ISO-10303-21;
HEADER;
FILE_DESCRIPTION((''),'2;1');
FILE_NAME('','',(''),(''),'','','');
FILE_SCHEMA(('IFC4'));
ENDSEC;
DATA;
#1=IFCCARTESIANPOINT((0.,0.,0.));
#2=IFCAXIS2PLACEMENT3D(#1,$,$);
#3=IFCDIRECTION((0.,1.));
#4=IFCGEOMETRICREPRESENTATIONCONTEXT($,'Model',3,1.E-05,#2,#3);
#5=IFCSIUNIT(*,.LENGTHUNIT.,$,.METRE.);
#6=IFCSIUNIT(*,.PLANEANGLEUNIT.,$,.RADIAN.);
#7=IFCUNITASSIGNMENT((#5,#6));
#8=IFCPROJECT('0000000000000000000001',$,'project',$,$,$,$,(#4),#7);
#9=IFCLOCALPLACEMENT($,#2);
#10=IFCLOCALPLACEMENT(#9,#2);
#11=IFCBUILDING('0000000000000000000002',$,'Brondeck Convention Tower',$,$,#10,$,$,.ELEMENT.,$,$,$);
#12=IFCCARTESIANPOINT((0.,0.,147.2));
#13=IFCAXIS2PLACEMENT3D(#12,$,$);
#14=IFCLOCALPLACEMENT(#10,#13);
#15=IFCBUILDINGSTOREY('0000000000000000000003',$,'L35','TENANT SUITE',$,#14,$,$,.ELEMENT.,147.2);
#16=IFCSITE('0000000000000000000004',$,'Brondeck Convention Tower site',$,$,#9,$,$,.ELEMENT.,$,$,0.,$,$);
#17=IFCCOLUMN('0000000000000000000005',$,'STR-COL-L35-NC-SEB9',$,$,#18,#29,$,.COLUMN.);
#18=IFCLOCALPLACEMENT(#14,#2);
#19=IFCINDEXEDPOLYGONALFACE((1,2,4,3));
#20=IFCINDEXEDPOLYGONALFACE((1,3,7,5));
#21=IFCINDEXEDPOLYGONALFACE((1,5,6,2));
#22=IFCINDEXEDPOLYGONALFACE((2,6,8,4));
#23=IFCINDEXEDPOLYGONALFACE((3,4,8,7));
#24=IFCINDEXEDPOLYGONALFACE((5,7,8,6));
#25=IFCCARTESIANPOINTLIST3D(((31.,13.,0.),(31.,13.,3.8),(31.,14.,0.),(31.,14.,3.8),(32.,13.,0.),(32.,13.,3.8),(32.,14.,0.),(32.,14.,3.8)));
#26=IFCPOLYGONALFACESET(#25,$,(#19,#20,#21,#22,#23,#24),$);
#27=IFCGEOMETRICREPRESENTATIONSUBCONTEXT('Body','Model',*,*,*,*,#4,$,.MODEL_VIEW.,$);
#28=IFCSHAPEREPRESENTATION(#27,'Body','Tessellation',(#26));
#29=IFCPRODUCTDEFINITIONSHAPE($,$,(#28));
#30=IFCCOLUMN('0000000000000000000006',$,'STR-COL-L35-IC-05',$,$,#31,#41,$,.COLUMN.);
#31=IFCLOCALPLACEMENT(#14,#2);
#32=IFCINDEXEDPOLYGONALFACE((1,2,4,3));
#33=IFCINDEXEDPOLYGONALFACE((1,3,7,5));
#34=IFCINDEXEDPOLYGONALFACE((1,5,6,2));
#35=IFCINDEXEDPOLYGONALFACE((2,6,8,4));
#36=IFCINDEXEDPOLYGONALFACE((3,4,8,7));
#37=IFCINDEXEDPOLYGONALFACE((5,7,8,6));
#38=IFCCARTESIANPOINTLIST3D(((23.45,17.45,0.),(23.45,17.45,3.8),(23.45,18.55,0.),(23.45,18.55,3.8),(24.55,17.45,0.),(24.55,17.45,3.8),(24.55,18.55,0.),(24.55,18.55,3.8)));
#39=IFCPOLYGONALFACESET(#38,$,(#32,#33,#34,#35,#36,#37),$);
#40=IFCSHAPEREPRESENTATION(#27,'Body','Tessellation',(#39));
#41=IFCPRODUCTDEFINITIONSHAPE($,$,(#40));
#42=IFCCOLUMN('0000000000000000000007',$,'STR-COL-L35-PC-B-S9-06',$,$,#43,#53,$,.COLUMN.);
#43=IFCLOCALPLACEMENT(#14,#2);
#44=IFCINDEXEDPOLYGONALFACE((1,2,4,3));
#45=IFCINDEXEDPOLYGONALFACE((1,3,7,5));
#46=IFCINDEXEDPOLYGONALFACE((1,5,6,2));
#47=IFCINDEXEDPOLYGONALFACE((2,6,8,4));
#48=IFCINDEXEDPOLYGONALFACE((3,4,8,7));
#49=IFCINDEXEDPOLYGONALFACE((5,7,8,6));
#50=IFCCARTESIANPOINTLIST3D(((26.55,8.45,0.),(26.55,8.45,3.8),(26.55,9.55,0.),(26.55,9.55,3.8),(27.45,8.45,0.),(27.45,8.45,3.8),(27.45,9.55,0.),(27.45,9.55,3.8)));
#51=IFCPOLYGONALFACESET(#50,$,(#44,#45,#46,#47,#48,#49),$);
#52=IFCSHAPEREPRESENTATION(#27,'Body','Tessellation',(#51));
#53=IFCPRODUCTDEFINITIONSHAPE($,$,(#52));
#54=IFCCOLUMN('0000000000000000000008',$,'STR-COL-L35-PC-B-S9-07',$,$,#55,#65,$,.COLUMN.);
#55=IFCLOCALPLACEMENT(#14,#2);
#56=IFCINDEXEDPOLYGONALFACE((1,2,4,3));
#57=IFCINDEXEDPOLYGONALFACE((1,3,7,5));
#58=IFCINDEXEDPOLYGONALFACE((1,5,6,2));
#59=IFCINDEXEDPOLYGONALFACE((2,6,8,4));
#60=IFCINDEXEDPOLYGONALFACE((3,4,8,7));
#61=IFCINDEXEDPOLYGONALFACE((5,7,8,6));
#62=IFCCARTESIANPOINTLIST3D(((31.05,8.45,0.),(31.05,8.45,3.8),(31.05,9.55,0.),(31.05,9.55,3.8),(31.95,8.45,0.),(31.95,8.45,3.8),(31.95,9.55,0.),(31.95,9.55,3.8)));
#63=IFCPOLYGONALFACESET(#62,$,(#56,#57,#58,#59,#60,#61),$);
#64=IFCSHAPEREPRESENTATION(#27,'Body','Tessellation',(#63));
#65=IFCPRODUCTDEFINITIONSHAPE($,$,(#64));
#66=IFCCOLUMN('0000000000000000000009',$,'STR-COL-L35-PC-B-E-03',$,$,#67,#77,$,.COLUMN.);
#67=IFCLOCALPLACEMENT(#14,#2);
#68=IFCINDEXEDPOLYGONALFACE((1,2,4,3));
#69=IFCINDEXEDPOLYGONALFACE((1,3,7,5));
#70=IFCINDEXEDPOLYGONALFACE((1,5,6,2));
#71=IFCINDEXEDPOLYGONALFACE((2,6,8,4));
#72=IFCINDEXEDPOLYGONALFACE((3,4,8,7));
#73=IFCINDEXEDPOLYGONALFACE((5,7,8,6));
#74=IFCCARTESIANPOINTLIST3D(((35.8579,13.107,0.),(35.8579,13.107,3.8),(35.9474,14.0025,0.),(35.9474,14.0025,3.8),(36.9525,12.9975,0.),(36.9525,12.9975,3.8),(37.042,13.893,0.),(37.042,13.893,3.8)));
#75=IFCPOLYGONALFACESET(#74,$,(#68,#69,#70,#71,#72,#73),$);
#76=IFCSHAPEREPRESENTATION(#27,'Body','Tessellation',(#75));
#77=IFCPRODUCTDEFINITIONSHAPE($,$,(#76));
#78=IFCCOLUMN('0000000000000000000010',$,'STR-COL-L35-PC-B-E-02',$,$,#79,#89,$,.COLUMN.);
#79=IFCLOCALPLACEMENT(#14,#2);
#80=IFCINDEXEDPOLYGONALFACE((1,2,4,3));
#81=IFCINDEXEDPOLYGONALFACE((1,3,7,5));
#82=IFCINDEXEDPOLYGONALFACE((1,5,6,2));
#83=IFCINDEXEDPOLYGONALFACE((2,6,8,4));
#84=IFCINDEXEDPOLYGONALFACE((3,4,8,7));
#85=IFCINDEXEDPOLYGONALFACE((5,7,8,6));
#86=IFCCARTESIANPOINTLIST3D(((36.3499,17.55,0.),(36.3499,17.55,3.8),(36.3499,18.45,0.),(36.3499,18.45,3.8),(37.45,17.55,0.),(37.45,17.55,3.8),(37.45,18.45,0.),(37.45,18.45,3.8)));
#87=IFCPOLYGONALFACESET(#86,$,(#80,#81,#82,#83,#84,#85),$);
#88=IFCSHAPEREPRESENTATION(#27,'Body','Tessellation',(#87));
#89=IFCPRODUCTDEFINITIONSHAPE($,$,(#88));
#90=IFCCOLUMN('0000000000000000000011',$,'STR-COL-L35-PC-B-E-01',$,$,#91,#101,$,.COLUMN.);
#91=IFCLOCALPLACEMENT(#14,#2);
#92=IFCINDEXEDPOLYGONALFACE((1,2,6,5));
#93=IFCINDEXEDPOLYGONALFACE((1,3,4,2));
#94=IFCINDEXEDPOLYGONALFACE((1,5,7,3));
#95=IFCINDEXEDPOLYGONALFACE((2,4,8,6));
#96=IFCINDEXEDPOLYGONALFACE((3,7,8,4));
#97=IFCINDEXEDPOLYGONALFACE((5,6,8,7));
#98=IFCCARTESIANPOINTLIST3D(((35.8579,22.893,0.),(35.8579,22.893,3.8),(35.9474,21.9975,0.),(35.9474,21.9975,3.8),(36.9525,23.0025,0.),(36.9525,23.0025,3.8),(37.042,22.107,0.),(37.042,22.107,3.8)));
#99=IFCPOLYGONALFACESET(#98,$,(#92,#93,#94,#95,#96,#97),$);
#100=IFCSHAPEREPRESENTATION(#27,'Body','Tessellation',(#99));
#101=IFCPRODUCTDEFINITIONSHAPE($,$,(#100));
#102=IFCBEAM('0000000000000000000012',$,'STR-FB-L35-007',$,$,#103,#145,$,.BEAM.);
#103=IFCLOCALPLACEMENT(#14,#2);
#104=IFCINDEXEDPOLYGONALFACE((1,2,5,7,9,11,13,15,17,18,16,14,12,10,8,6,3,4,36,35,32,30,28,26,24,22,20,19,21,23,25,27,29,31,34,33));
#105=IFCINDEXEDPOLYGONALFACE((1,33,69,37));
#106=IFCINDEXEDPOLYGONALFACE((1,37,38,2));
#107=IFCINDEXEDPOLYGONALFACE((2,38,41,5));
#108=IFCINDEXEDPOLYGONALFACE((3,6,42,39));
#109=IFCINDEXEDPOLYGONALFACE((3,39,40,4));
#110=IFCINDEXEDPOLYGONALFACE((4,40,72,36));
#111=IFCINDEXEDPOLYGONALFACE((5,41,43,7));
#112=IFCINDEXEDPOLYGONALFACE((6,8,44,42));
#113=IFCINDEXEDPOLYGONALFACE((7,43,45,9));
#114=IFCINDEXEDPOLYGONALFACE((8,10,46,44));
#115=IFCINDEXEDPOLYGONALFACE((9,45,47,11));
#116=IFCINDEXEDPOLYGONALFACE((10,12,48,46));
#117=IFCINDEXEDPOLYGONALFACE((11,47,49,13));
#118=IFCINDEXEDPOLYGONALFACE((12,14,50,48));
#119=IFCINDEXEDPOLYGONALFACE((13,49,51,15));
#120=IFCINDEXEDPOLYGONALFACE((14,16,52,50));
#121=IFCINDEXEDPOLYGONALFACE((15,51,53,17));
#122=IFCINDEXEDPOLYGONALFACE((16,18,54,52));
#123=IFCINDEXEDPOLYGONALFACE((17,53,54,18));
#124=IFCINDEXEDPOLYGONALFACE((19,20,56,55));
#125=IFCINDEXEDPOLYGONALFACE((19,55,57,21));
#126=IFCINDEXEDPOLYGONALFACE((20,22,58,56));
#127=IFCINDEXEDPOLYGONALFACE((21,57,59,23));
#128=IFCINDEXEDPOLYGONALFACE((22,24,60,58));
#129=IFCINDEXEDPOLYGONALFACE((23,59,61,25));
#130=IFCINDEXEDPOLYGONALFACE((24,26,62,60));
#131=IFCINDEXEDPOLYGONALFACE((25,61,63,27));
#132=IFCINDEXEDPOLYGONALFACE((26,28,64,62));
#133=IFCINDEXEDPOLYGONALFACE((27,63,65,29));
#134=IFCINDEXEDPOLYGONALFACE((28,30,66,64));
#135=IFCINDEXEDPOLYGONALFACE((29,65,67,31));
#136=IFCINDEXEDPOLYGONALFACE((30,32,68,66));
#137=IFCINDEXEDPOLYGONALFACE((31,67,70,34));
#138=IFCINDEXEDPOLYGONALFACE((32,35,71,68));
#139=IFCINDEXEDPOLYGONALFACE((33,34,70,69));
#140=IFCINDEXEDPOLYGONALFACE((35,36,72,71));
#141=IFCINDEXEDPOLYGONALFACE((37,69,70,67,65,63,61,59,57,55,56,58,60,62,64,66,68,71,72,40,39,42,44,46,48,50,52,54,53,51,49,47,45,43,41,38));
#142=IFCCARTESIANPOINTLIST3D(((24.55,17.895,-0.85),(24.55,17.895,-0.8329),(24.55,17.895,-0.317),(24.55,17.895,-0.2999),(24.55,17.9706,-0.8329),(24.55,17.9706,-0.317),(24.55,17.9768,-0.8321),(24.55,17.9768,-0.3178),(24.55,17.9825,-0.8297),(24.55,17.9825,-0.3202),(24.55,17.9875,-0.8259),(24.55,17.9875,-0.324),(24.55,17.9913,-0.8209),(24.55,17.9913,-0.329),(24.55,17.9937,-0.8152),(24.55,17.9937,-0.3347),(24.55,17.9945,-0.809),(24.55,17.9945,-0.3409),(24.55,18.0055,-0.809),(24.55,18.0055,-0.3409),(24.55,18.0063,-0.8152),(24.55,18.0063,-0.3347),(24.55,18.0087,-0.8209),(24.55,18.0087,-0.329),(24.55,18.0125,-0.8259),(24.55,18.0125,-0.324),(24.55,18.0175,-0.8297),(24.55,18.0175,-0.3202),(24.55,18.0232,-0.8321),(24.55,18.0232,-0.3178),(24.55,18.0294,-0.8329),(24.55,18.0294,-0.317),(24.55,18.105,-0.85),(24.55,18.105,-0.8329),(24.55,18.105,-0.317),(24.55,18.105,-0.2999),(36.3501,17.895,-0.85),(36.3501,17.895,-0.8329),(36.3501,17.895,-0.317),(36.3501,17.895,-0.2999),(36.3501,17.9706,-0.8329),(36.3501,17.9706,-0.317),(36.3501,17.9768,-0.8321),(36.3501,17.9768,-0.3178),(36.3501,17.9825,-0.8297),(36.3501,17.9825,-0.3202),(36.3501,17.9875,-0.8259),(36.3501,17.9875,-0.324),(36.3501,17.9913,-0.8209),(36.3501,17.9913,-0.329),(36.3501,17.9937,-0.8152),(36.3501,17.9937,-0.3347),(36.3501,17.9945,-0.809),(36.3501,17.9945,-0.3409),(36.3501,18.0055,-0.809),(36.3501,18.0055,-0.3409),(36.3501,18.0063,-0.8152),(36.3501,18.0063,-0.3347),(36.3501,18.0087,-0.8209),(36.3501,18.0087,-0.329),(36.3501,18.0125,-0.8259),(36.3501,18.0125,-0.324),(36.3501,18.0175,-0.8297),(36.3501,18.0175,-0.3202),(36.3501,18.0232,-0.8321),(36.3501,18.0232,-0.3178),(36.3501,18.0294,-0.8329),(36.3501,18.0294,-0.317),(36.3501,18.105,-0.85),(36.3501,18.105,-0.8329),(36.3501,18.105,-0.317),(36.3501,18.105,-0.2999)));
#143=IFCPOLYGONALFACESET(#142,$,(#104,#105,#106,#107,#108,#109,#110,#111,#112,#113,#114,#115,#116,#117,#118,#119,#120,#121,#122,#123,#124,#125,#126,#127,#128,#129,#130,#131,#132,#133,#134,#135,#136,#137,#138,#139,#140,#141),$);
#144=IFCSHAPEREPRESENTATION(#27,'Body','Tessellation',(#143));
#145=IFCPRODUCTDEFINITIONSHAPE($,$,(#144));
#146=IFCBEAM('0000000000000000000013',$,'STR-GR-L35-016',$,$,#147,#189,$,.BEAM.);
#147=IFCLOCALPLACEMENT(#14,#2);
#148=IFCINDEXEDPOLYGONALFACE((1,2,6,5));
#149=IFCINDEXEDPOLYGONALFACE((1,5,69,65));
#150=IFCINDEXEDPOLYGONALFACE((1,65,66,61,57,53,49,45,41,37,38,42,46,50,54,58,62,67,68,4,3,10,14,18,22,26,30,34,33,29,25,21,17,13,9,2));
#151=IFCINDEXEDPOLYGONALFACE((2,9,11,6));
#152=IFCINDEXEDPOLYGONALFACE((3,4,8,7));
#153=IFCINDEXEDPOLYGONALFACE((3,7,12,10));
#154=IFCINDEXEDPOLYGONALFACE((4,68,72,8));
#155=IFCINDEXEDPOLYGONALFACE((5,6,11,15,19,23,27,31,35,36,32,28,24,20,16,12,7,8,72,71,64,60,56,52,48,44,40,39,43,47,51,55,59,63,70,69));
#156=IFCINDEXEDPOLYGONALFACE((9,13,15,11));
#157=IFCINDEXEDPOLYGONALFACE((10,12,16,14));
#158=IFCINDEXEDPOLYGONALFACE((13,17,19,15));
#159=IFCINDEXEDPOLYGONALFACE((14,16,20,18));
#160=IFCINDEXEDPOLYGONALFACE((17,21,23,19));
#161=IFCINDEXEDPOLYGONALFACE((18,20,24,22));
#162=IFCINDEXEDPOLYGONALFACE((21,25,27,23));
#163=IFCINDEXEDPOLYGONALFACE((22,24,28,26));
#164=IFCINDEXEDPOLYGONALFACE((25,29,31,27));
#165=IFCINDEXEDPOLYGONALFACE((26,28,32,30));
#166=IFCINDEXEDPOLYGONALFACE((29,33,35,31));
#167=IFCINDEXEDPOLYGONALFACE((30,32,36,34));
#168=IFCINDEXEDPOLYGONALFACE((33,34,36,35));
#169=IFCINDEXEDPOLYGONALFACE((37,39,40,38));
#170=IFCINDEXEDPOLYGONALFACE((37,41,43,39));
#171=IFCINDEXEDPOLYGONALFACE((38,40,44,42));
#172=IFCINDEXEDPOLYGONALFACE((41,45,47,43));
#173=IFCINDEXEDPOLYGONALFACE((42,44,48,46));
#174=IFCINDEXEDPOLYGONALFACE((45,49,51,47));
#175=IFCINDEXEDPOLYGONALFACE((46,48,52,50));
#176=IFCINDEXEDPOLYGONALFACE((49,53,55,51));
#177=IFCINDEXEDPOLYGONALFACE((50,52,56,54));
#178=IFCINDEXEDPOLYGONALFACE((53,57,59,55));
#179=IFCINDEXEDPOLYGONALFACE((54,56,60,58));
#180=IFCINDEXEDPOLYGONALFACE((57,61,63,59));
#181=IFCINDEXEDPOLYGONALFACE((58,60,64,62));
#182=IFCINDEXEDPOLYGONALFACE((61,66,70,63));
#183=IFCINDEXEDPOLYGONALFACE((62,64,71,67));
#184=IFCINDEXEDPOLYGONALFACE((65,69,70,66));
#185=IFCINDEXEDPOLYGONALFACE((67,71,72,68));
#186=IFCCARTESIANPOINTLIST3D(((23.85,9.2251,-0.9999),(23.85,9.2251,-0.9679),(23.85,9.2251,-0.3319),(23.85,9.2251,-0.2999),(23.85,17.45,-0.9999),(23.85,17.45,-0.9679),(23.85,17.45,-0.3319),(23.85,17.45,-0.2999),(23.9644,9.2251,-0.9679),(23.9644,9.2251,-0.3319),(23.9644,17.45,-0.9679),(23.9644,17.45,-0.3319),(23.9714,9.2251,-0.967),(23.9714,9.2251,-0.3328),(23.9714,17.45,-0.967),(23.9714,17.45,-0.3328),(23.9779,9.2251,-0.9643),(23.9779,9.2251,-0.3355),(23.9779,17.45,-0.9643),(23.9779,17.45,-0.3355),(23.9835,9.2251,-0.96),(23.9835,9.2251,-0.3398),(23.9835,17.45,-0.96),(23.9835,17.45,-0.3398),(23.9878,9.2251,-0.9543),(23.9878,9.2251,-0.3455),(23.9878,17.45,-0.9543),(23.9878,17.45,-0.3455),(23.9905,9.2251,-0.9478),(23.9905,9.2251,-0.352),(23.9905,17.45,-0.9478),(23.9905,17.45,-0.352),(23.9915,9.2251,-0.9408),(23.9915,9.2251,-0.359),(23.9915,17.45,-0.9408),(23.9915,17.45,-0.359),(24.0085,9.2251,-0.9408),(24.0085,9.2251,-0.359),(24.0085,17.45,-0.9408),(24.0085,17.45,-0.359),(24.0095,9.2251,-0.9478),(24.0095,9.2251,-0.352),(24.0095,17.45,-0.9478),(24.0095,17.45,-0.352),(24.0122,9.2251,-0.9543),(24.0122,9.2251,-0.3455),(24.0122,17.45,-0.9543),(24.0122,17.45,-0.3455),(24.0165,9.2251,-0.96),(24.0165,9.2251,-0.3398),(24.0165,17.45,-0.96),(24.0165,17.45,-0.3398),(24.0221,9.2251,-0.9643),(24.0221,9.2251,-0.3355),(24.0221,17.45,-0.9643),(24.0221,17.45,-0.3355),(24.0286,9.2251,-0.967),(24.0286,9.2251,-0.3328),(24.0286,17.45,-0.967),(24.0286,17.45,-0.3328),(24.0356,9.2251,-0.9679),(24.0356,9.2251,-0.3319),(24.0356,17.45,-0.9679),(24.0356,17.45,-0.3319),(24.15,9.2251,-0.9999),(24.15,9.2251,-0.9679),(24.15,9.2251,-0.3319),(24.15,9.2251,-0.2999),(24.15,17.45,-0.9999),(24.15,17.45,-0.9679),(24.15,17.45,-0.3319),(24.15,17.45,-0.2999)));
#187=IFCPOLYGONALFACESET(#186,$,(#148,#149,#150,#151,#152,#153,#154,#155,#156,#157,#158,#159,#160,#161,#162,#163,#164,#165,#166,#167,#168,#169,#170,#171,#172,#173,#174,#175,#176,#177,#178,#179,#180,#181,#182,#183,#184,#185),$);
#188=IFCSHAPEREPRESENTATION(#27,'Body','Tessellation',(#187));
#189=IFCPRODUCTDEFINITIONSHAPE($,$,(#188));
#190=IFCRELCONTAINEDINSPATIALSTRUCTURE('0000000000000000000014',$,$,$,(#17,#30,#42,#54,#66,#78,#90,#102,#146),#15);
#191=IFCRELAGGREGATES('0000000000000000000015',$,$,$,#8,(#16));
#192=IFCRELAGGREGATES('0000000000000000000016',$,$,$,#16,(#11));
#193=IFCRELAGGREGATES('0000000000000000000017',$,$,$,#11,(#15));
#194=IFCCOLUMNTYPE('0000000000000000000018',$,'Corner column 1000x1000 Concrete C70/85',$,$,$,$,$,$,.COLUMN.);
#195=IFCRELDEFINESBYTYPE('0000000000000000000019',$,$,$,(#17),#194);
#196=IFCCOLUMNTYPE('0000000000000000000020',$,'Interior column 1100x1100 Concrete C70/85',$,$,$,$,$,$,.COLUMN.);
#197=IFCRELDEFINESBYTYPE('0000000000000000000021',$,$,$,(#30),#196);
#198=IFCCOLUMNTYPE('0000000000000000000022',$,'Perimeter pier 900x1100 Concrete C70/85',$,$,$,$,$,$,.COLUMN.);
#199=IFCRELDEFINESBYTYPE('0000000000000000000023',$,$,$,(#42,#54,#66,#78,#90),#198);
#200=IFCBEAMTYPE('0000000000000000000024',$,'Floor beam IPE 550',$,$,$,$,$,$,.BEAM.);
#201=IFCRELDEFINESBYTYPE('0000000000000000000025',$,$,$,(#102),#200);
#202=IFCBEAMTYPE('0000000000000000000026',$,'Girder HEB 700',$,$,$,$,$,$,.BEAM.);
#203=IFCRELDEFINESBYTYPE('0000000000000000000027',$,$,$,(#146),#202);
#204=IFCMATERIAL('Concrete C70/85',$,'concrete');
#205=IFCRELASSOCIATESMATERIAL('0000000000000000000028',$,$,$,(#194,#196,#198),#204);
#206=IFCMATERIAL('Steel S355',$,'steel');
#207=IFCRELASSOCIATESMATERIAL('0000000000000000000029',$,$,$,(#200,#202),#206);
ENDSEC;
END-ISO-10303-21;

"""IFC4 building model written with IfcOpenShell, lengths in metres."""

from ifc_helpers import new_model, si_unit, direction, frame, origin, origin_2d, place, context, subcontext, project, spatial, rectangle, i_section, extrude, material, material_profile, profile_set, type_object, element, save


model = new_model("IFC4")

# Units and contexts
model_context = context("Model", 3, precision=1e-05, world=origin(), true_north=direction((0.0, 1.0)))
body_context = subcontext(model_context, "Body", "Model", "MODEL_VIEW")
ifc_project = project(units=[si_unit("LENGTHUNIT", "METRE"), si_unit("PLANEANGLEUNIT", "RADIAN")], contexts=[model_context])

# Site, building, storey
site_placement = place(None, origin())
site = spatial("IfcSite", under=ifc_project, at=site_placement, Name="Brondeck Convention Tower site", CompositionType="ELEMENT", RefElevation=0.0)
building_placement = place(site_placement, origin())
building = spatial("IfcBuilding", under=site, at=building_placement, Name="Brondeck Convention Tower", CompositionType="ELEMENT")
storey_placement = place(building_placement, frame((0.0, 0.0, 147.2)))
storey = spatial("IfcBuildingStorey", under=building, at=storey_placement, Name="L35", Description="TENANT SUITE", CompositionType="ELEMENT", Elevation=147.2)

# Columns
ifc_material_1 = material(Name="Concrete C70/85", Category="concrete")
ifc_material_profile_1 = material_profile(ifc_material_1, rectangle(XDim=1.0, YDim=1.0, at=origin_2d()), Name="Corner column 1000x1000 Concrete C70/85")
ifc_profile_set_1 = profile_set([ifc_material_profile_1], Name="Concrete C70/85")
column_type_1 = type_object("IfcColumnType", Name="Corner column 1000x1000 Concrete C70/85", PredefinedType="COLUMN", material=ifc_profile_set_1)
column_1_placement = place(storey_placement, frame((31.5, 13.5, 0.0), z_axis=(0.0, 0.0, 1.0), x_axis=(1.0, 0.0, 0.0)))
element("IfcColumn", 1, at=column_1_placement, inside=storey, type_object=column_type_1, Name="STR-COL-L35-NC-SEB9", PredefinedType="COLUMN", context=body_context, shape_type="SweptSolid", body=[
    extrude(rectangle(XDim=1.0, YDim=1.0, at=origin_2d()), origin(), (0.0, 0.0, 1.0), 3.8),
])
ifc_material_profile_2 = material_profile(ifc_material_1, rectangle(XDim=1.1001, YDim=1.1001, at=origin_2d()), Name="Interior column 1100x1100 Concrete C70/85")
ifc_profile_set_2 = profile_set([ifc_material_profile_2], Name="Concrete C70/85")
column_type_2 = type_object("IfcColumnType", Name="Interior column 1100x1100 Concrete C70/85", PredefinedType="COLUMN", material=ifc_profile_set_2)
column_2_placement = place(storey_placement, frame((24.0, 18.0, 0.0), z_axis=(0.0, 0.0, 1.0), x_axis=(1.0, 0.0, 0.0)))
element("IfcColumn", 2, at=column_2_placement, inside=storey, type_object=column_type_2, Name="STR-COL-L35-IC-05", PredefinedType="COLUMN", context=body_context, shape_type="SweptSolid", body=[
    extrude(rectangle(XDim=1.1001, YDim=1.1001, at=origin_2d()), origin(), (0.0, 0.0, 1.0), 3.8),
])
ifc_material_profile_3 = material_profile(ifc_material_1, rectangle(XDim=0.8999, YDim=1.1001, at=origin_2d()), Name="Perimeter pier 900x1100 Concrete C70/85")
ifc_profile_set_3 = profile_set([ifc_material_profile_3], Name="Concrete C70/85")
column_type_3 = type_object("IfcColumnType", Name="Perimeter pier 900x1100 Concrete C70/85", PredefinedType="COLUMN", material=ifc_profile_set_3)
for number, where, z_axis, x_axis, name in (
    (3, (27.0, 9.0, 0.0), (0.0, 0.0, 1.0), (1.0, 0.0, 0.0), "STR-COL-L35-PC-B-S9-06"),
    (4, (31.5, 9.0, 0.0), (0.0, 0.0, 1.0), (1.0, 0.0, 0.0), "STR-COL-L35-PC-B-S9-07"),
    (5, (36.45, 13.5, 0.0), (0.0, 0.0, 1.0), (0.099504, 0.995037, 0.0), "STR-COL-L35-PC-B-E-03"),
    (6, (36.8999, 18.0, 0.0), (0.0, 0.0, 1.0), (0.0, 1.0, 0.0), "STR-COL-L35-PC-B-E-02"),
    (7, (36.45, 22.5, 0.0), (0.0, 0.0, 1.0), (-0.099504, 0.995037, 0.0), "STR-COL-L35-PC-B-E-01"),
):
    element("IfcColumn", number, at=place(storey_placement, frame(where, z_axis=z_axis, x_axis=x_axis)), inside=storey, type_object=column_type_3, Name=name, PredefinedType="COLUMN", context=body_context, shape_type="SweptSolid", body=[
        extrude(rectangle(XDim=0.8999, YDim=1.1001, at=origin_2d()), origin(), (0.0, 0.0, 1.0), 3.8),
    ])

# Beams
ifc_material_2 = material(Name="Steel S355", Category="steel")
ifc_material_profile_4 = material_profile(ifc_material_2, i_section(OverallWidth=0.21, OverallDepth=0.55, WebThickness=0.011, FlangeThickness=0.0171, FilletRadius=0.0239, at=origin_2d()), Name="IPE 550")
ifc_profile_set_4 = profile_set([ifc_material_profile_4], Name="Steel S355")
beam_type_1 = type_object("IfcBeamType", Name="Floor beam IPE 550", PredefinedType="BEAM", material=ifc_profile_set_4)
beam_1_placement = place(storey_placement, frame((24.55, 18.0, -0.575), z_axis=(1.0, 0.0, 0.0), x_axis=(0.0, 1.0, 0.0)))
element("IfcBeam", 8, at=beam_1_placement, inside=storey, type_object=beam_type_1, Name="STR-FB-L35-007", PredefinedType="BEAM", context=body_context, shape_type="SweptSolid", body=[
    extrude(i_section(OverallWidth=0.21, OverallDepth=0.55, WebThickness=0.011, FlangeThickness=0.0171, FilletRadius=0.0239, at=origin_2d()), origin(), (0.0, 0.0, 1.0), 11.8),
])
ifc_material_profile_5 = material_profile(ifc_material_2, i_section(OverallWidth=0.3, OverallDepth=0.7, WebThickness=0.0171, FlangeThickness=0.032, FilletRadius=0.0271, at=origin_2d()), Name="HEB 700")
ifc_profile_set_5 = profile_set([ifc_material_profile_5], Name="Steel S355")
beam_type_2 = type_object("IfcBeamType", Name="Girder HEB 700", PredefinedType="BEAM", material=ifc_profile_set_5)
beam_2_placement = place(storey_placement, frame((24.0, 17.45, -0.6499), z_axis=(0.0, -1.0, 0.0), x_axis=(1.0, 0.0, 0.0)))
element("IfcBeam", 9, at=beam_2_placement, inside=storey, type_object=beam_type_2, Name="STR-GR-L35-016", PredefinedType="BEAM", context=body_context, shape_type="SweptSolid", body=[
    extrude(i_section(OverallWidth=0.3, OverallDepth=0.7, WebThickness=0.0171, FlangeThickness=0.032, FilletRadius=0.0271, at=origin_2d()), origin(), (0.0, 0.0, 1.0), 8.2249),
])

save(model, "model.ifc")
